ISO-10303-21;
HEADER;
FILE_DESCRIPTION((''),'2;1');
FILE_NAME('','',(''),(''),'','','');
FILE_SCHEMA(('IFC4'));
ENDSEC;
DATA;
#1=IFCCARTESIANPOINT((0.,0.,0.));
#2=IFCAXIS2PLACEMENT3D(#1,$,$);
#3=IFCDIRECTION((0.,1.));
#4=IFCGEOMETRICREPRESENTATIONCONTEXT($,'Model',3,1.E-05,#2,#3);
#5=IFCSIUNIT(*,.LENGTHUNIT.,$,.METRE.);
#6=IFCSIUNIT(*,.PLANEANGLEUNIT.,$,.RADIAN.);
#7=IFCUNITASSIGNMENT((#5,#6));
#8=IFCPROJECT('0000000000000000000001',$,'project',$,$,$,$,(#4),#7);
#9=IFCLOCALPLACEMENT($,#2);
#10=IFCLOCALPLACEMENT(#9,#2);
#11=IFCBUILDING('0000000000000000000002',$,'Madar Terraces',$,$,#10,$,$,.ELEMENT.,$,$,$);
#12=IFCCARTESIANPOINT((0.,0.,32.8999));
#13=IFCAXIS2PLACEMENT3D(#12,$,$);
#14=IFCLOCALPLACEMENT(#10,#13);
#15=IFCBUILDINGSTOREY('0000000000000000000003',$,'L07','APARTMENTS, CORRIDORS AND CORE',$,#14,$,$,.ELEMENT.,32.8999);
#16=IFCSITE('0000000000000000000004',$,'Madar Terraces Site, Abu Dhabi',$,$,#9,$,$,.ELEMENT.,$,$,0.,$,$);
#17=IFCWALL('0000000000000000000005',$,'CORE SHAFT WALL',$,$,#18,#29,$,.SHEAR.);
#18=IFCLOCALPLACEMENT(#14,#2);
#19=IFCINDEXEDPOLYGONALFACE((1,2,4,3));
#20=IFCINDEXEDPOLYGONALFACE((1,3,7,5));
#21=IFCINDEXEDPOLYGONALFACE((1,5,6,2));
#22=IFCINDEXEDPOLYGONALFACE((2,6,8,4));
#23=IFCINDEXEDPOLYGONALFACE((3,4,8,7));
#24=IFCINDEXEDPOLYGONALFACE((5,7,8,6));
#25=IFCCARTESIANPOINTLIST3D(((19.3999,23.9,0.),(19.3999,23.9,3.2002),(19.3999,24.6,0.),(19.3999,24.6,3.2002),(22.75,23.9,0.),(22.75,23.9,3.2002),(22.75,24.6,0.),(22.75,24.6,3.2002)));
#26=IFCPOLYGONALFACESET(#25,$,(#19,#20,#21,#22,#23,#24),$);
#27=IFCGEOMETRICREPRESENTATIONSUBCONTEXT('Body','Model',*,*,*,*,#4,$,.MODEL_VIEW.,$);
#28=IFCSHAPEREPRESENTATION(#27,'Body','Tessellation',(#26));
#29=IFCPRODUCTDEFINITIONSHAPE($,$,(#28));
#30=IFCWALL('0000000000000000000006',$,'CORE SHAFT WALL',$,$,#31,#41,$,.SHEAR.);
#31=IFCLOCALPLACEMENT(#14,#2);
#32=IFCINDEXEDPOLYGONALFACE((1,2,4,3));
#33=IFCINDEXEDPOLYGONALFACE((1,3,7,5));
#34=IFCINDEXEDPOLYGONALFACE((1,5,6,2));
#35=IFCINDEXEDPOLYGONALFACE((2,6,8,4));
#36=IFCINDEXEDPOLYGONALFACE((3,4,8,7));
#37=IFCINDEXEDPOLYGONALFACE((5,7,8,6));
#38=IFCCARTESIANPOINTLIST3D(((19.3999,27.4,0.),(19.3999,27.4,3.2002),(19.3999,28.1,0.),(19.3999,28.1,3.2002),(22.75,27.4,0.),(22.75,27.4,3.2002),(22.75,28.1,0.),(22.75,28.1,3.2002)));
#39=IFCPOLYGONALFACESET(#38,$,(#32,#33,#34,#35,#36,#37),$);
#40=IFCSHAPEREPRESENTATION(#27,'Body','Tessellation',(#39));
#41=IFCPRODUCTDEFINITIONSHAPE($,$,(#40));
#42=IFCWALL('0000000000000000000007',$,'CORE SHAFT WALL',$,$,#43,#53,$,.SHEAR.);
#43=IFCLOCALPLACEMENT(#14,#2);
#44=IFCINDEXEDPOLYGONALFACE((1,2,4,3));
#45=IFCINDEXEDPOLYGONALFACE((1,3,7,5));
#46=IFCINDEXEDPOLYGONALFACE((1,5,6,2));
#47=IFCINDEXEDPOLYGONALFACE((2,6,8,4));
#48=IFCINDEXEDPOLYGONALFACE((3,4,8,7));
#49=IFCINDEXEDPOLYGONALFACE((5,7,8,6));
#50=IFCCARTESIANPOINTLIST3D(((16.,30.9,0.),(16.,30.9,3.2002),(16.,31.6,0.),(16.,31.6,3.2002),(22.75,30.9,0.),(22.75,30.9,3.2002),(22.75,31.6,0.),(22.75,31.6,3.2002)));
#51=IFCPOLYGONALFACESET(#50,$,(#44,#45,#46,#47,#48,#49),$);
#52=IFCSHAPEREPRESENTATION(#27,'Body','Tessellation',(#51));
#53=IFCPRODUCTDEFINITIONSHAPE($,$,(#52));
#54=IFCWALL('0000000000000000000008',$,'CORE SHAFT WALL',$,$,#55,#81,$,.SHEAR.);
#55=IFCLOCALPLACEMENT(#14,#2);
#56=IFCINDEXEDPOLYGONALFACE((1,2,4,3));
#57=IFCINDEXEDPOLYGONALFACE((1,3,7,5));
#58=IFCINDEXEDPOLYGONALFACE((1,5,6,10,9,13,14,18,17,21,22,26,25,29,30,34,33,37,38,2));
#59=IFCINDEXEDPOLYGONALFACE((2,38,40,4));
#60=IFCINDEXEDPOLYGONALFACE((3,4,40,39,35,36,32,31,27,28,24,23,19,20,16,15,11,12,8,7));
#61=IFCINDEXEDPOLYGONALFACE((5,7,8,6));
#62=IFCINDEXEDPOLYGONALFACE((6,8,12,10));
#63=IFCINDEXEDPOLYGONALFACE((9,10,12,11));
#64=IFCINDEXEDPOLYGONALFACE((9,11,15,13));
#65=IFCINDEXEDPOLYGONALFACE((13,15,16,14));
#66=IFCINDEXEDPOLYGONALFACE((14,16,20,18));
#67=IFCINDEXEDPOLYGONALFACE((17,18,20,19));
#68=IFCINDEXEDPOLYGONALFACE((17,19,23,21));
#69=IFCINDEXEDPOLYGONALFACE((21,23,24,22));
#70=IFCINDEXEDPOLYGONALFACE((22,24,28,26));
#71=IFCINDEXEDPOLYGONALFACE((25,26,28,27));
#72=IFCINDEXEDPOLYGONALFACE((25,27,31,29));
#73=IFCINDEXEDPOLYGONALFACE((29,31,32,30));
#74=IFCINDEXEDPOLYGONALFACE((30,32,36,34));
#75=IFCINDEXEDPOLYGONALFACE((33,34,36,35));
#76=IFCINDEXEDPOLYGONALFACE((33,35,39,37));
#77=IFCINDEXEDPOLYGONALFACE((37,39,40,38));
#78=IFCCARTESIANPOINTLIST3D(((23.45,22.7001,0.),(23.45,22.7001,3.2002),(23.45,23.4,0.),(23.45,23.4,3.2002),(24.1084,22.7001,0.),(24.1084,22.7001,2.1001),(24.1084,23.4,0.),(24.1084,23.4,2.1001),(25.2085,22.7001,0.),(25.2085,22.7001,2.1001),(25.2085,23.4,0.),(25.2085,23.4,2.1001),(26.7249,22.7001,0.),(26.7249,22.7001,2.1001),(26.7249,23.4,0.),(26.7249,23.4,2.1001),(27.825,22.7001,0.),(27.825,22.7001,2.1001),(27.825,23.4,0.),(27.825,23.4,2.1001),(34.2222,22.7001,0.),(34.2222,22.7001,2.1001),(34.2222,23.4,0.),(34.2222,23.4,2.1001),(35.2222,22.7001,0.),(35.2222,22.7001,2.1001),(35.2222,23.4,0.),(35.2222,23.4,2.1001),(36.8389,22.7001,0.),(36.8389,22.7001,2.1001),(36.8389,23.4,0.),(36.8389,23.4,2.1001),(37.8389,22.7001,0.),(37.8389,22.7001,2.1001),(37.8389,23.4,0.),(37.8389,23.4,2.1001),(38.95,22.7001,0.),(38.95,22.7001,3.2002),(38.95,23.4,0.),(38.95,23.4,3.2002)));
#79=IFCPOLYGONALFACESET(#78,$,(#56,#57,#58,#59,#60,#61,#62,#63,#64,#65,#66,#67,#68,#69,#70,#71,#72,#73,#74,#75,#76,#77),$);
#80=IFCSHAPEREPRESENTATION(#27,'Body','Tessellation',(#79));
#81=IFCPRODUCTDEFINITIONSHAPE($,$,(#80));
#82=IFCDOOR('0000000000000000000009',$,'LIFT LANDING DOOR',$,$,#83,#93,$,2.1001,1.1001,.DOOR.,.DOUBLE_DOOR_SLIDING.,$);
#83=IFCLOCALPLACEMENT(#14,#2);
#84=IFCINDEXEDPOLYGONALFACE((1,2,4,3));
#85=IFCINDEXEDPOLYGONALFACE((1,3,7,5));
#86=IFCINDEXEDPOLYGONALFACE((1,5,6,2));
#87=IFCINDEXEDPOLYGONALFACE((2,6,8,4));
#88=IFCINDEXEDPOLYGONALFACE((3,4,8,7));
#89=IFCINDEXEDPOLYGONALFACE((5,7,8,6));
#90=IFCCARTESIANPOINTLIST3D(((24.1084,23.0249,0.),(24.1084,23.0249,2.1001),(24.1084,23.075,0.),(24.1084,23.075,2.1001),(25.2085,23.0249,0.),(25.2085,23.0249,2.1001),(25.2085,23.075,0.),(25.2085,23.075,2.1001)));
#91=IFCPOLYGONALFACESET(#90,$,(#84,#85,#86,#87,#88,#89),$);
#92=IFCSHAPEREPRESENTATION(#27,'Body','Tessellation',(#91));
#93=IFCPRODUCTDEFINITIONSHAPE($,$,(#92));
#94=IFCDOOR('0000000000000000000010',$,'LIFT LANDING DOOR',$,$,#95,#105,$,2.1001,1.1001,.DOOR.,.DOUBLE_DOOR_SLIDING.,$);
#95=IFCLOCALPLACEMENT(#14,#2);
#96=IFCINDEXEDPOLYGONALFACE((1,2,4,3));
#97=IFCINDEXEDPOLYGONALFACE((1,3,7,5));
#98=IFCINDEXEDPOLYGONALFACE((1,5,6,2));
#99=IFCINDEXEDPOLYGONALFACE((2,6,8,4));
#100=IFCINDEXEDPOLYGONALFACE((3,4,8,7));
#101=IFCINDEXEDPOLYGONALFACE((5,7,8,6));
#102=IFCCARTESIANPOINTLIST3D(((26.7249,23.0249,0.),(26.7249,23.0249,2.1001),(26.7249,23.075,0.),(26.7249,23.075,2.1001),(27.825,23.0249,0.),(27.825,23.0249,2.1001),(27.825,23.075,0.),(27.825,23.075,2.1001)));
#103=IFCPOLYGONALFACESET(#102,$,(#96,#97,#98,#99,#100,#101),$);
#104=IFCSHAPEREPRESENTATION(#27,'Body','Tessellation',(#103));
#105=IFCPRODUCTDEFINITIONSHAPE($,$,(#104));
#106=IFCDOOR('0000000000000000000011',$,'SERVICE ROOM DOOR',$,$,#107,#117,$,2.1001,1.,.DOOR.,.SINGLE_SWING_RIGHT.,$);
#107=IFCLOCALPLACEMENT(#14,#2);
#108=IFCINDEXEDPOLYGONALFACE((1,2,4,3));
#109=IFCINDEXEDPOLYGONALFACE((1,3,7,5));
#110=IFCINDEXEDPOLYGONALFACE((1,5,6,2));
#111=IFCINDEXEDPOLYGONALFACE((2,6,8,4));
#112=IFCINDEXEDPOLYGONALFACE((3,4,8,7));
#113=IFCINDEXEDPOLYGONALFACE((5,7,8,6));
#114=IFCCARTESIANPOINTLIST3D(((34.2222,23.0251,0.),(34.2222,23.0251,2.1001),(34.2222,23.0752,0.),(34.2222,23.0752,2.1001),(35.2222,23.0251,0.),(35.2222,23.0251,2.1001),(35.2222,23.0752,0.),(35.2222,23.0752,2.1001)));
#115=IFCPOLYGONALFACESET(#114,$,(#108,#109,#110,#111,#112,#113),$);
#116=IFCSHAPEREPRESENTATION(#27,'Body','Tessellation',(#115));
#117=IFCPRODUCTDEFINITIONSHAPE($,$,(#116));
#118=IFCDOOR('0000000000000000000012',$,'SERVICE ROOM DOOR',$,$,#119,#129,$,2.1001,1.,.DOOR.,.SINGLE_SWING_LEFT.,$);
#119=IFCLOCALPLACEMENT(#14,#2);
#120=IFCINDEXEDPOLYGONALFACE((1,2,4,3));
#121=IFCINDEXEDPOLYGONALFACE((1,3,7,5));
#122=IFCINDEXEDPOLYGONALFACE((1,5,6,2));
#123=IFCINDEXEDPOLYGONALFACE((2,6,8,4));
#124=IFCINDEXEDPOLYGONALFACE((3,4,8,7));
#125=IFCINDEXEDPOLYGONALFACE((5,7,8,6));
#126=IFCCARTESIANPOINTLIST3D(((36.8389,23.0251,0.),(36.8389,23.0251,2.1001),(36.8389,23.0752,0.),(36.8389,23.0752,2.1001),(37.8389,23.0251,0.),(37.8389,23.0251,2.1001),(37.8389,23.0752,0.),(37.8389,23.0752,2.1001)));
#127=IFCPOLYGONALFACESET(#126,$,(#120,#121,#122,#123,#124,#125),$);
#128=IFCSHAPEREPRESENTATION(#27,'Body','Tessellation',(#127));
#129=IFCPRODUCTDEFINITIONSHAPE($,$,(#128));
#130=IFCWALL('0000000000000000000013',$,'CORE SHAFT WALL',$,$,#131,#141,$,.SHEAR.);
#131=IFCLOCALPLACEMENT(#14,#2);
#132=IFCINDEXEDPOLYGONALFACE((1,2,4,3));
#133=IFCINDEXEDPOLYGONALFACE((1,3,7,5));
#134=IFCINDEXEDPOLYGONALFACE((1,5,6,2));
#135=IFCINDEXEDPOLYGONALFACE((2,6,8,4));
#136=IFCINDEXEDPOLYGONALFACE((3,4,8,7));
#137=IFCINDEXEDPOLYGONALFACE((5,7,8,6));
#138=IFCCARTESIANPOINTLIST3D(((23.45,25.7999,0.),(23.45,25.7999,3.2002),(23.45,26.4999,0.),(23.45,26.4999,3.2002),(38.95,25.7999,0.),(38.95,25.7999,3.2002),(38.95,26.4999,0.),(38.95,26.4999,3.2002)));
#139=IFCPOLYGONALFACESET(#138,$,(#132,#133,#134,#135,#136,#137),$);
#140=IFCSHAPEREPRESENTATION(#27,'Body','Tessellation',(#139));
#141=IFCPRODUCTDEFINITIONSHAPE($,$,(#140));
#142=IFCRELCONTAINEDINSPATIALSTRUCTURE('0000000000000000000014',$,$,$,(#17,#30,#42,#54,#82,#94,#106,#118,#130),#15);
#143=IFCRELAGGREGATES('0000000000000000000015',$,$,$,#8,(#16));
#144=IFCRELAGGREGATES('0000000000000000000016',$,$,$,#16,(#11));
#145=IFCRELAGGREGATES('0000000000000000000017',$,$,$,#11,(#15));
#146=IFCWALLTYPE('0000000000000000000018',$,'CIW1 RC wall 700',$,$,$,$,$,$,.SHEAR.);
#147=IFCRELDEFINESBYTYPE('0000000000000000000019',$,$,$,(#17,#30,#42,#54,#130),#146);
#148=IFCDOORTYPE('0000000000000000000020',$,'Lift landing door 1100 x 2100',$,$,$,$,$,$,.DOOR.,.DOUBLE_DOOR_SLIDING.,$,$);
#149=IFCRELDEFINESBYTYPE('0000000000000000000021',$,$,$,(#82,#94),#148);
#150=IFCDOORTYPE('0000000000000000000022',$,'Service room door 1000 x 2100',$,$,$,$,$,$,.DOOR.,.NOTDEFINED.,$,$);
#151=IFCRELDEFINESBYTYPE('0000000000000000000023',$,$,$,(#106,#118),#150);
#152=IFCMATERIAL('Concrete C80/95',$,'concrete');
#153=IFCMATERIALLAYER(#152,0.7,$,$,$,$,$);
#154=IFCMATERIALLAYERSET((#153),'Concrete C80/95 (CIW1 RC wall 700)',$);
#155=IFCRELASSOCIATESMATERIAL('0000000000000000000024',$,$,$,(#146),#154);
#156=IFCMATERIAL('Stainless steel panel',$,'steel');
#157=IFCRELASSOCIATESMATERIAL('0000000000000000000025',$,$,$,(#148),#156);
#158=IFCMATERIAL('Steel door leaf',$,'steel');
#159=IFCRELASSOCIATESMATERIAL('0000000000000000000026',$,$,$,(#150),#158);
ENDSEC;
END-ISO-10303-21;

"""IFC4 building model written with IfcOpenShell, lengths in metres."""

from ifc_helpers import new_model, si_unit, direction, frame, frame_2d, origin, place, context, subcontext, project, spatial, rectangle, extrude, material, layer, layer_set, type_object, element, fill, save


model = new_model("IFC4")

# Units and contexts
model_context = context("Model", 3, precision=1e-05, world=origin(), true_north=direction((0.0, 1.0)))
body_context = subcontext(model_context, "Body", "Model", "MODEL_VIEW")
ifc_project = project(units=[si_unit("LENGTHUNIT", "METRE"), si_unit("PLANEANGLEUNIT", "RADIAN")], contexts=[model_context])

# Site, building, storey
site_placement = place(None, origin())
site = spatial("IfcSite", under=ifc_project, at=site_placement, Name="Madar Terraces Site, Abu Dhabi", CompositionType="ELEMENT", RefElevation=0.0)
building_placement = place(site_placement, origin())
building = spatial("IfcBuilding", under=site, at=building_placement, Name="Madar Terraces", CompositionType="ELEMENT")
storey_placement = place(building_placement, frame((0.0, 0.0, 32.8999)))
storey = spatial("IfcBuildingStorey", under=building, at=storey_placement, Name="L07", Description="APARTMENTS, CORRIDORS AND CORE", CompositionType="ELEMENT", Elevation=32.8999)

# Walls
ifc_material_1 = material(Name="Concrete C80/95", Category="concrete")
ifc_layer_1 = layer(ifc_material_1, 0.7)
ifc_layer_set_1 = layer_set([ifc_layer_1], Name="Concrete C80/95 (CIW1 RC wall 700)")
wall_type_1 = type_object("IfcWallType", Name="CIW1 RC wall 700", PredefinedType="SHEAR", material=ifc_layer_set_1)
for number, where, z_axis, x_axis, name in (
    (1, (19.3999, 24.25, 0.0), (0.0, 0.0, 1.0), (1.0, 0.0, 0.0), "CORE SHAFT WALL"),
    (2, (19.3999, 27.75, 0.0), (0.0, 0.0, 1.0), (1.0, 0.0, 0.0), "CORE SHAFT WALL"),
):
    element("IfcWall", number, at=place(storey_placement, frame(where, z_axis=z_axis, x_axis=x_axis)), inside=storey, type_object=wall_type_1, Name=name, PredefinedType="SHEAR", context=body_context, shape_type="SweptSolid", body=[
        extrude(rectangle(XDim=3.3501, YDim=0.7, at=frame_2d((1.675, 0.0))), origin(), (0.0, 0.0, 1.0), 3.2002),
    ])
wall_1_placement = place(storey_placement, frame((16.0, 31.25, 0.0), z_axis=(0.0, 0.0, 1.0), x_axis=(1.0, 0.0, 0.0)))
element("IfcWall", 3, at=wall_1_placement, inside=storey, type_object=wall_type_1, Name="CORE SHAFT WALL", PredefinedType="SHEAR", context=body_context, shape_type="SweptSolid", body=[
    extrude(rectangle(XDim=6.75, YDim=0.7, at=frame_2d((3.375, 0.0))), origin(), (0.0, 0.0, 1.0), 3.2002),
])

# Wall, openings, doors
wall_2_placement = place(storey_placement, frame((23.45, 23.05, 0.0), z_axis=(0.0, 0.0, 1.0), x_axis=(1.0, 0.0, 0.0)))
wall_2 = element("IfcWall", 4, at=wall_2_placement, inside=storey, type_object=wall_type_1, Name="CORE SHAFT WALL", PredefinedType="SHEAR", context=body_context, shape_type="SweptSolid", body=[
    extrude(rectangle(XDim=15.5, YDim=0.7, at=frame_2d((7.75, 0.0))), origin(), (0.0, 0.0, 1.0), 3.2002),
])
opening_1_placement = place(wall_2_placement, frame((0.6584, 0.0, 0.0)))
opening_1 = element("IfcOpeningElement", 5, at=opening_1_placement, cuts=wall_2, PredefinedType="OPENING", context=body_context, shape_type="SweptSolid", body=[
    extrude(rectangle(XDim=1.1001, YDim=2.1001, at=frame_2d((0.55, 1.05))), frame((0.0, 0.3599, 0.0), z_axis=(0.0, -1.0, 0.0), x_axis=(1.0, 0.0, 0.0)), (0.0, 0.0, 1.0), 0.72),
])
opening_2_placement = place(wall_2_placement, frame((3.2749, 0.0, 0.0)))
opening_2 = element("IfcOpeningElement", 6, at=opening_2_placement, cuts=wall_2, PredefinedType="OPENING", context=body_context, shape_type="SweptSolid", body=[
    extrude(rectangle(XDim=1.1001, YDim=2.1001, at=frame_2d((0.55, 1.05))), frame((0.0, 0.3599, 0.0), z_axis=(0.0, -1.0, 0.0), x_axis=(1.0, 0.0, 0.0)), (0.0, 0.0, 1.0), 0.72),
])
opening_3_placement = place(wall_2_placement, frame((10.7722, 0.0, 0.0)))
opening_3 = element("IfcOpeningElement", 7, at=opening_3_placement, cuts=wall_2, PredefinedType="OPENING", context=body_context, shape_type="SweptSolid", body=[
    extrude(rectangle(XDim=1.0, YDim=2.1001, at=frame_2d((0.5, 1.05))), frame((0.0, 0.3599, 0.0), z_axis=(0.0, -1.0, 0.0), x_axis=(1.0, 0.0, 0.0)), (0.0, 0.0, 1.0), 0.72),
])
opening_4_placement = place(wall_2_placement, frame((13.3889, 0.0, 0.0)))
opening_4 = element("IfcOpeningElement", 8, at=opening_4_placement, cuts=wall_2, PredefinedType="OPENING", context=body_context, shape_type="SweptSolid", body=[
    extrude(rectangle(XDim=1.0, YDim=2.1001, at=frame_2d((0.5, 1.05))), frame((0.0, 0.3599, 0.0), z_axis=(0.0, -1.0, 0.0), x_axis=(1.0, 0.0, 0.0)), (0.0, 0.0, 1.0), 0.72),
])
ifc_material_2 = material(Name="Stainless steel panel", Category="steel")
door_type_1 = type_object("IfcDoorType", Name="Lift landing door 1100 x 2100", OperationType="DOUBLE_DOOR_SLIDING", PredefinedType="DOOR", material=ifc_material_2)
door_1_placement = place(opening_1_placement, origin())
door_1 = element("IfcDoor", 9, at=door_1_placement, inside=storey, type_object=door_type_1, Name="LIFT LANDING DOOR", OperationType="DOUBLE_DOOR_SLIDING", OverallHeight=2.1001, OverallWidth=1.1001, PredefinedType="DOOR", context=body_context, shape_type="SweptSolid", body=[
    extrude(rectangle(XDim=1.1001, YDim=2.1001, at=frame_2d((0.55, 1.05))), frame((0.0, 0.0249, 0.0), z_axis=(0.0, -1.0, 0.0), x_axis=(1.0, 0.0, 0.0)), (0.0, 0.0, 1.0), 0.05),
])
fill(opening_1, door_1)
door_2_placement = place(opening_2_placement, origin())
door_2 = element("IfcDoor", 10, at=door_2_placement, inside=storey, type_object=door_type_1, Name="LIFT LANDING DOOR", OperationType="DOUBLE_DOOR_SLIDING", OverallHeight=2.1001, OverallWidth=1.1001, PredefinedType="DOOR", context=body_context, shape_type="SweptSolid", body=[
    extrude(rectangle(XDim=1.1001, YDim=2.1001, at=frame_2d((0.55, 1.05))), frame((0.0, 0.0249, 0.0), z_axis=(0.0, -1.0, 0.0), x_axis=(1.0, 0.0, 0.0)), (0.0, 0.0, 1.0), 0.05),
])
fill(opening_2, door_2)
ifc_material_3 = material(Name="Steel door leaf", Category="steel")
door_type_2 = type_object("IfcDoorType", Name="Service room door 1000 x 2100", OperationType="NOTDEFINED", PredefinedType="DOOR", material=ifc_material_3)
door_3_placement = place(opening_3_placement, frame((1.0, 0.0, 0.0), z_axis=(0.0, 0.0, 1.0), x_axis=(-1.0, 0.0, 0.0)))
door_3 = element("IfcDoor", 11, at=door_3_placement, inside=storey, type_object=door_type_2, Name="SERVICE ROOM DOOR", OperationType="SINGLE_SWING_RIGHT", OverallHeight=2.1001, OverallWidth=1.0, PredefinedType="DOOR", context=body_context, shape_type="SweptSolid", body=[
    extrude(rectangle(XDim=1.0, YDim=2.1001, at=frame_2d((0.5, 1.05))), frame((0.0, 0.0249, 0.0), z_axis=(0.0, -1.0, 0.0), x_axis=(1.0, 0.0, 0.0)), (0.0, 0.0, 1.0), 0.05),
])
fill(opening_3, door_3)
door_4_placement = place(opening_4_placement, frame((1.0, 0.0, 0.0), z_axis=(0.0, 0.0, 1.0), x_axis=(-1.0, 0.0, 0.0)))
door_4 = element("IfcDoor", 12, at=door_4_placement, inside=storey, type_object=door_type_2, Name="SERVICE ROOM DOOR", OperationType="SINGLE_SWING_LEFT", OverallHeight=2.1001, OverallWidth=1.0, PredefinedType="DOOR", context=body_context, shape_type="SweptSolid", body=[
    extrude(rectangle(XDim=1.0, YDim=2.1001, at=frame_2d((0.5, 1.05))), frame((0.0, 0.0249, 0.0), z_axis=(0.0, -1.0, 0.0), x_axis=(1.0, 0.0, 0.0)), (0.0, 0.0, 1.0), 0.05),
])
fill(opening_4, door_4)

# Wall
wall_3_placement = place(storey_placement, frame((23.45, 26.1499, 0.0), z_axis=(0.0, 0.0, 1.0), x_axis=(1.0, 0.0, 0.0)))
element("IfcWall", 13, at=wall_3_placement, inside=storey, type_object=wall_type_1, Name="CORE SHAFT WALL", PredefinedType="SHEAR", context=body_context, shape_type="SweptSolid", body=[
    extrude(rectangle(XDim=15.5, YDim=0.7, at=frame_2d((7.75, 0.0))), origin(), (0.0, 0.0, 1.0), 3.2002),
])

save(model, "model.ifc")
